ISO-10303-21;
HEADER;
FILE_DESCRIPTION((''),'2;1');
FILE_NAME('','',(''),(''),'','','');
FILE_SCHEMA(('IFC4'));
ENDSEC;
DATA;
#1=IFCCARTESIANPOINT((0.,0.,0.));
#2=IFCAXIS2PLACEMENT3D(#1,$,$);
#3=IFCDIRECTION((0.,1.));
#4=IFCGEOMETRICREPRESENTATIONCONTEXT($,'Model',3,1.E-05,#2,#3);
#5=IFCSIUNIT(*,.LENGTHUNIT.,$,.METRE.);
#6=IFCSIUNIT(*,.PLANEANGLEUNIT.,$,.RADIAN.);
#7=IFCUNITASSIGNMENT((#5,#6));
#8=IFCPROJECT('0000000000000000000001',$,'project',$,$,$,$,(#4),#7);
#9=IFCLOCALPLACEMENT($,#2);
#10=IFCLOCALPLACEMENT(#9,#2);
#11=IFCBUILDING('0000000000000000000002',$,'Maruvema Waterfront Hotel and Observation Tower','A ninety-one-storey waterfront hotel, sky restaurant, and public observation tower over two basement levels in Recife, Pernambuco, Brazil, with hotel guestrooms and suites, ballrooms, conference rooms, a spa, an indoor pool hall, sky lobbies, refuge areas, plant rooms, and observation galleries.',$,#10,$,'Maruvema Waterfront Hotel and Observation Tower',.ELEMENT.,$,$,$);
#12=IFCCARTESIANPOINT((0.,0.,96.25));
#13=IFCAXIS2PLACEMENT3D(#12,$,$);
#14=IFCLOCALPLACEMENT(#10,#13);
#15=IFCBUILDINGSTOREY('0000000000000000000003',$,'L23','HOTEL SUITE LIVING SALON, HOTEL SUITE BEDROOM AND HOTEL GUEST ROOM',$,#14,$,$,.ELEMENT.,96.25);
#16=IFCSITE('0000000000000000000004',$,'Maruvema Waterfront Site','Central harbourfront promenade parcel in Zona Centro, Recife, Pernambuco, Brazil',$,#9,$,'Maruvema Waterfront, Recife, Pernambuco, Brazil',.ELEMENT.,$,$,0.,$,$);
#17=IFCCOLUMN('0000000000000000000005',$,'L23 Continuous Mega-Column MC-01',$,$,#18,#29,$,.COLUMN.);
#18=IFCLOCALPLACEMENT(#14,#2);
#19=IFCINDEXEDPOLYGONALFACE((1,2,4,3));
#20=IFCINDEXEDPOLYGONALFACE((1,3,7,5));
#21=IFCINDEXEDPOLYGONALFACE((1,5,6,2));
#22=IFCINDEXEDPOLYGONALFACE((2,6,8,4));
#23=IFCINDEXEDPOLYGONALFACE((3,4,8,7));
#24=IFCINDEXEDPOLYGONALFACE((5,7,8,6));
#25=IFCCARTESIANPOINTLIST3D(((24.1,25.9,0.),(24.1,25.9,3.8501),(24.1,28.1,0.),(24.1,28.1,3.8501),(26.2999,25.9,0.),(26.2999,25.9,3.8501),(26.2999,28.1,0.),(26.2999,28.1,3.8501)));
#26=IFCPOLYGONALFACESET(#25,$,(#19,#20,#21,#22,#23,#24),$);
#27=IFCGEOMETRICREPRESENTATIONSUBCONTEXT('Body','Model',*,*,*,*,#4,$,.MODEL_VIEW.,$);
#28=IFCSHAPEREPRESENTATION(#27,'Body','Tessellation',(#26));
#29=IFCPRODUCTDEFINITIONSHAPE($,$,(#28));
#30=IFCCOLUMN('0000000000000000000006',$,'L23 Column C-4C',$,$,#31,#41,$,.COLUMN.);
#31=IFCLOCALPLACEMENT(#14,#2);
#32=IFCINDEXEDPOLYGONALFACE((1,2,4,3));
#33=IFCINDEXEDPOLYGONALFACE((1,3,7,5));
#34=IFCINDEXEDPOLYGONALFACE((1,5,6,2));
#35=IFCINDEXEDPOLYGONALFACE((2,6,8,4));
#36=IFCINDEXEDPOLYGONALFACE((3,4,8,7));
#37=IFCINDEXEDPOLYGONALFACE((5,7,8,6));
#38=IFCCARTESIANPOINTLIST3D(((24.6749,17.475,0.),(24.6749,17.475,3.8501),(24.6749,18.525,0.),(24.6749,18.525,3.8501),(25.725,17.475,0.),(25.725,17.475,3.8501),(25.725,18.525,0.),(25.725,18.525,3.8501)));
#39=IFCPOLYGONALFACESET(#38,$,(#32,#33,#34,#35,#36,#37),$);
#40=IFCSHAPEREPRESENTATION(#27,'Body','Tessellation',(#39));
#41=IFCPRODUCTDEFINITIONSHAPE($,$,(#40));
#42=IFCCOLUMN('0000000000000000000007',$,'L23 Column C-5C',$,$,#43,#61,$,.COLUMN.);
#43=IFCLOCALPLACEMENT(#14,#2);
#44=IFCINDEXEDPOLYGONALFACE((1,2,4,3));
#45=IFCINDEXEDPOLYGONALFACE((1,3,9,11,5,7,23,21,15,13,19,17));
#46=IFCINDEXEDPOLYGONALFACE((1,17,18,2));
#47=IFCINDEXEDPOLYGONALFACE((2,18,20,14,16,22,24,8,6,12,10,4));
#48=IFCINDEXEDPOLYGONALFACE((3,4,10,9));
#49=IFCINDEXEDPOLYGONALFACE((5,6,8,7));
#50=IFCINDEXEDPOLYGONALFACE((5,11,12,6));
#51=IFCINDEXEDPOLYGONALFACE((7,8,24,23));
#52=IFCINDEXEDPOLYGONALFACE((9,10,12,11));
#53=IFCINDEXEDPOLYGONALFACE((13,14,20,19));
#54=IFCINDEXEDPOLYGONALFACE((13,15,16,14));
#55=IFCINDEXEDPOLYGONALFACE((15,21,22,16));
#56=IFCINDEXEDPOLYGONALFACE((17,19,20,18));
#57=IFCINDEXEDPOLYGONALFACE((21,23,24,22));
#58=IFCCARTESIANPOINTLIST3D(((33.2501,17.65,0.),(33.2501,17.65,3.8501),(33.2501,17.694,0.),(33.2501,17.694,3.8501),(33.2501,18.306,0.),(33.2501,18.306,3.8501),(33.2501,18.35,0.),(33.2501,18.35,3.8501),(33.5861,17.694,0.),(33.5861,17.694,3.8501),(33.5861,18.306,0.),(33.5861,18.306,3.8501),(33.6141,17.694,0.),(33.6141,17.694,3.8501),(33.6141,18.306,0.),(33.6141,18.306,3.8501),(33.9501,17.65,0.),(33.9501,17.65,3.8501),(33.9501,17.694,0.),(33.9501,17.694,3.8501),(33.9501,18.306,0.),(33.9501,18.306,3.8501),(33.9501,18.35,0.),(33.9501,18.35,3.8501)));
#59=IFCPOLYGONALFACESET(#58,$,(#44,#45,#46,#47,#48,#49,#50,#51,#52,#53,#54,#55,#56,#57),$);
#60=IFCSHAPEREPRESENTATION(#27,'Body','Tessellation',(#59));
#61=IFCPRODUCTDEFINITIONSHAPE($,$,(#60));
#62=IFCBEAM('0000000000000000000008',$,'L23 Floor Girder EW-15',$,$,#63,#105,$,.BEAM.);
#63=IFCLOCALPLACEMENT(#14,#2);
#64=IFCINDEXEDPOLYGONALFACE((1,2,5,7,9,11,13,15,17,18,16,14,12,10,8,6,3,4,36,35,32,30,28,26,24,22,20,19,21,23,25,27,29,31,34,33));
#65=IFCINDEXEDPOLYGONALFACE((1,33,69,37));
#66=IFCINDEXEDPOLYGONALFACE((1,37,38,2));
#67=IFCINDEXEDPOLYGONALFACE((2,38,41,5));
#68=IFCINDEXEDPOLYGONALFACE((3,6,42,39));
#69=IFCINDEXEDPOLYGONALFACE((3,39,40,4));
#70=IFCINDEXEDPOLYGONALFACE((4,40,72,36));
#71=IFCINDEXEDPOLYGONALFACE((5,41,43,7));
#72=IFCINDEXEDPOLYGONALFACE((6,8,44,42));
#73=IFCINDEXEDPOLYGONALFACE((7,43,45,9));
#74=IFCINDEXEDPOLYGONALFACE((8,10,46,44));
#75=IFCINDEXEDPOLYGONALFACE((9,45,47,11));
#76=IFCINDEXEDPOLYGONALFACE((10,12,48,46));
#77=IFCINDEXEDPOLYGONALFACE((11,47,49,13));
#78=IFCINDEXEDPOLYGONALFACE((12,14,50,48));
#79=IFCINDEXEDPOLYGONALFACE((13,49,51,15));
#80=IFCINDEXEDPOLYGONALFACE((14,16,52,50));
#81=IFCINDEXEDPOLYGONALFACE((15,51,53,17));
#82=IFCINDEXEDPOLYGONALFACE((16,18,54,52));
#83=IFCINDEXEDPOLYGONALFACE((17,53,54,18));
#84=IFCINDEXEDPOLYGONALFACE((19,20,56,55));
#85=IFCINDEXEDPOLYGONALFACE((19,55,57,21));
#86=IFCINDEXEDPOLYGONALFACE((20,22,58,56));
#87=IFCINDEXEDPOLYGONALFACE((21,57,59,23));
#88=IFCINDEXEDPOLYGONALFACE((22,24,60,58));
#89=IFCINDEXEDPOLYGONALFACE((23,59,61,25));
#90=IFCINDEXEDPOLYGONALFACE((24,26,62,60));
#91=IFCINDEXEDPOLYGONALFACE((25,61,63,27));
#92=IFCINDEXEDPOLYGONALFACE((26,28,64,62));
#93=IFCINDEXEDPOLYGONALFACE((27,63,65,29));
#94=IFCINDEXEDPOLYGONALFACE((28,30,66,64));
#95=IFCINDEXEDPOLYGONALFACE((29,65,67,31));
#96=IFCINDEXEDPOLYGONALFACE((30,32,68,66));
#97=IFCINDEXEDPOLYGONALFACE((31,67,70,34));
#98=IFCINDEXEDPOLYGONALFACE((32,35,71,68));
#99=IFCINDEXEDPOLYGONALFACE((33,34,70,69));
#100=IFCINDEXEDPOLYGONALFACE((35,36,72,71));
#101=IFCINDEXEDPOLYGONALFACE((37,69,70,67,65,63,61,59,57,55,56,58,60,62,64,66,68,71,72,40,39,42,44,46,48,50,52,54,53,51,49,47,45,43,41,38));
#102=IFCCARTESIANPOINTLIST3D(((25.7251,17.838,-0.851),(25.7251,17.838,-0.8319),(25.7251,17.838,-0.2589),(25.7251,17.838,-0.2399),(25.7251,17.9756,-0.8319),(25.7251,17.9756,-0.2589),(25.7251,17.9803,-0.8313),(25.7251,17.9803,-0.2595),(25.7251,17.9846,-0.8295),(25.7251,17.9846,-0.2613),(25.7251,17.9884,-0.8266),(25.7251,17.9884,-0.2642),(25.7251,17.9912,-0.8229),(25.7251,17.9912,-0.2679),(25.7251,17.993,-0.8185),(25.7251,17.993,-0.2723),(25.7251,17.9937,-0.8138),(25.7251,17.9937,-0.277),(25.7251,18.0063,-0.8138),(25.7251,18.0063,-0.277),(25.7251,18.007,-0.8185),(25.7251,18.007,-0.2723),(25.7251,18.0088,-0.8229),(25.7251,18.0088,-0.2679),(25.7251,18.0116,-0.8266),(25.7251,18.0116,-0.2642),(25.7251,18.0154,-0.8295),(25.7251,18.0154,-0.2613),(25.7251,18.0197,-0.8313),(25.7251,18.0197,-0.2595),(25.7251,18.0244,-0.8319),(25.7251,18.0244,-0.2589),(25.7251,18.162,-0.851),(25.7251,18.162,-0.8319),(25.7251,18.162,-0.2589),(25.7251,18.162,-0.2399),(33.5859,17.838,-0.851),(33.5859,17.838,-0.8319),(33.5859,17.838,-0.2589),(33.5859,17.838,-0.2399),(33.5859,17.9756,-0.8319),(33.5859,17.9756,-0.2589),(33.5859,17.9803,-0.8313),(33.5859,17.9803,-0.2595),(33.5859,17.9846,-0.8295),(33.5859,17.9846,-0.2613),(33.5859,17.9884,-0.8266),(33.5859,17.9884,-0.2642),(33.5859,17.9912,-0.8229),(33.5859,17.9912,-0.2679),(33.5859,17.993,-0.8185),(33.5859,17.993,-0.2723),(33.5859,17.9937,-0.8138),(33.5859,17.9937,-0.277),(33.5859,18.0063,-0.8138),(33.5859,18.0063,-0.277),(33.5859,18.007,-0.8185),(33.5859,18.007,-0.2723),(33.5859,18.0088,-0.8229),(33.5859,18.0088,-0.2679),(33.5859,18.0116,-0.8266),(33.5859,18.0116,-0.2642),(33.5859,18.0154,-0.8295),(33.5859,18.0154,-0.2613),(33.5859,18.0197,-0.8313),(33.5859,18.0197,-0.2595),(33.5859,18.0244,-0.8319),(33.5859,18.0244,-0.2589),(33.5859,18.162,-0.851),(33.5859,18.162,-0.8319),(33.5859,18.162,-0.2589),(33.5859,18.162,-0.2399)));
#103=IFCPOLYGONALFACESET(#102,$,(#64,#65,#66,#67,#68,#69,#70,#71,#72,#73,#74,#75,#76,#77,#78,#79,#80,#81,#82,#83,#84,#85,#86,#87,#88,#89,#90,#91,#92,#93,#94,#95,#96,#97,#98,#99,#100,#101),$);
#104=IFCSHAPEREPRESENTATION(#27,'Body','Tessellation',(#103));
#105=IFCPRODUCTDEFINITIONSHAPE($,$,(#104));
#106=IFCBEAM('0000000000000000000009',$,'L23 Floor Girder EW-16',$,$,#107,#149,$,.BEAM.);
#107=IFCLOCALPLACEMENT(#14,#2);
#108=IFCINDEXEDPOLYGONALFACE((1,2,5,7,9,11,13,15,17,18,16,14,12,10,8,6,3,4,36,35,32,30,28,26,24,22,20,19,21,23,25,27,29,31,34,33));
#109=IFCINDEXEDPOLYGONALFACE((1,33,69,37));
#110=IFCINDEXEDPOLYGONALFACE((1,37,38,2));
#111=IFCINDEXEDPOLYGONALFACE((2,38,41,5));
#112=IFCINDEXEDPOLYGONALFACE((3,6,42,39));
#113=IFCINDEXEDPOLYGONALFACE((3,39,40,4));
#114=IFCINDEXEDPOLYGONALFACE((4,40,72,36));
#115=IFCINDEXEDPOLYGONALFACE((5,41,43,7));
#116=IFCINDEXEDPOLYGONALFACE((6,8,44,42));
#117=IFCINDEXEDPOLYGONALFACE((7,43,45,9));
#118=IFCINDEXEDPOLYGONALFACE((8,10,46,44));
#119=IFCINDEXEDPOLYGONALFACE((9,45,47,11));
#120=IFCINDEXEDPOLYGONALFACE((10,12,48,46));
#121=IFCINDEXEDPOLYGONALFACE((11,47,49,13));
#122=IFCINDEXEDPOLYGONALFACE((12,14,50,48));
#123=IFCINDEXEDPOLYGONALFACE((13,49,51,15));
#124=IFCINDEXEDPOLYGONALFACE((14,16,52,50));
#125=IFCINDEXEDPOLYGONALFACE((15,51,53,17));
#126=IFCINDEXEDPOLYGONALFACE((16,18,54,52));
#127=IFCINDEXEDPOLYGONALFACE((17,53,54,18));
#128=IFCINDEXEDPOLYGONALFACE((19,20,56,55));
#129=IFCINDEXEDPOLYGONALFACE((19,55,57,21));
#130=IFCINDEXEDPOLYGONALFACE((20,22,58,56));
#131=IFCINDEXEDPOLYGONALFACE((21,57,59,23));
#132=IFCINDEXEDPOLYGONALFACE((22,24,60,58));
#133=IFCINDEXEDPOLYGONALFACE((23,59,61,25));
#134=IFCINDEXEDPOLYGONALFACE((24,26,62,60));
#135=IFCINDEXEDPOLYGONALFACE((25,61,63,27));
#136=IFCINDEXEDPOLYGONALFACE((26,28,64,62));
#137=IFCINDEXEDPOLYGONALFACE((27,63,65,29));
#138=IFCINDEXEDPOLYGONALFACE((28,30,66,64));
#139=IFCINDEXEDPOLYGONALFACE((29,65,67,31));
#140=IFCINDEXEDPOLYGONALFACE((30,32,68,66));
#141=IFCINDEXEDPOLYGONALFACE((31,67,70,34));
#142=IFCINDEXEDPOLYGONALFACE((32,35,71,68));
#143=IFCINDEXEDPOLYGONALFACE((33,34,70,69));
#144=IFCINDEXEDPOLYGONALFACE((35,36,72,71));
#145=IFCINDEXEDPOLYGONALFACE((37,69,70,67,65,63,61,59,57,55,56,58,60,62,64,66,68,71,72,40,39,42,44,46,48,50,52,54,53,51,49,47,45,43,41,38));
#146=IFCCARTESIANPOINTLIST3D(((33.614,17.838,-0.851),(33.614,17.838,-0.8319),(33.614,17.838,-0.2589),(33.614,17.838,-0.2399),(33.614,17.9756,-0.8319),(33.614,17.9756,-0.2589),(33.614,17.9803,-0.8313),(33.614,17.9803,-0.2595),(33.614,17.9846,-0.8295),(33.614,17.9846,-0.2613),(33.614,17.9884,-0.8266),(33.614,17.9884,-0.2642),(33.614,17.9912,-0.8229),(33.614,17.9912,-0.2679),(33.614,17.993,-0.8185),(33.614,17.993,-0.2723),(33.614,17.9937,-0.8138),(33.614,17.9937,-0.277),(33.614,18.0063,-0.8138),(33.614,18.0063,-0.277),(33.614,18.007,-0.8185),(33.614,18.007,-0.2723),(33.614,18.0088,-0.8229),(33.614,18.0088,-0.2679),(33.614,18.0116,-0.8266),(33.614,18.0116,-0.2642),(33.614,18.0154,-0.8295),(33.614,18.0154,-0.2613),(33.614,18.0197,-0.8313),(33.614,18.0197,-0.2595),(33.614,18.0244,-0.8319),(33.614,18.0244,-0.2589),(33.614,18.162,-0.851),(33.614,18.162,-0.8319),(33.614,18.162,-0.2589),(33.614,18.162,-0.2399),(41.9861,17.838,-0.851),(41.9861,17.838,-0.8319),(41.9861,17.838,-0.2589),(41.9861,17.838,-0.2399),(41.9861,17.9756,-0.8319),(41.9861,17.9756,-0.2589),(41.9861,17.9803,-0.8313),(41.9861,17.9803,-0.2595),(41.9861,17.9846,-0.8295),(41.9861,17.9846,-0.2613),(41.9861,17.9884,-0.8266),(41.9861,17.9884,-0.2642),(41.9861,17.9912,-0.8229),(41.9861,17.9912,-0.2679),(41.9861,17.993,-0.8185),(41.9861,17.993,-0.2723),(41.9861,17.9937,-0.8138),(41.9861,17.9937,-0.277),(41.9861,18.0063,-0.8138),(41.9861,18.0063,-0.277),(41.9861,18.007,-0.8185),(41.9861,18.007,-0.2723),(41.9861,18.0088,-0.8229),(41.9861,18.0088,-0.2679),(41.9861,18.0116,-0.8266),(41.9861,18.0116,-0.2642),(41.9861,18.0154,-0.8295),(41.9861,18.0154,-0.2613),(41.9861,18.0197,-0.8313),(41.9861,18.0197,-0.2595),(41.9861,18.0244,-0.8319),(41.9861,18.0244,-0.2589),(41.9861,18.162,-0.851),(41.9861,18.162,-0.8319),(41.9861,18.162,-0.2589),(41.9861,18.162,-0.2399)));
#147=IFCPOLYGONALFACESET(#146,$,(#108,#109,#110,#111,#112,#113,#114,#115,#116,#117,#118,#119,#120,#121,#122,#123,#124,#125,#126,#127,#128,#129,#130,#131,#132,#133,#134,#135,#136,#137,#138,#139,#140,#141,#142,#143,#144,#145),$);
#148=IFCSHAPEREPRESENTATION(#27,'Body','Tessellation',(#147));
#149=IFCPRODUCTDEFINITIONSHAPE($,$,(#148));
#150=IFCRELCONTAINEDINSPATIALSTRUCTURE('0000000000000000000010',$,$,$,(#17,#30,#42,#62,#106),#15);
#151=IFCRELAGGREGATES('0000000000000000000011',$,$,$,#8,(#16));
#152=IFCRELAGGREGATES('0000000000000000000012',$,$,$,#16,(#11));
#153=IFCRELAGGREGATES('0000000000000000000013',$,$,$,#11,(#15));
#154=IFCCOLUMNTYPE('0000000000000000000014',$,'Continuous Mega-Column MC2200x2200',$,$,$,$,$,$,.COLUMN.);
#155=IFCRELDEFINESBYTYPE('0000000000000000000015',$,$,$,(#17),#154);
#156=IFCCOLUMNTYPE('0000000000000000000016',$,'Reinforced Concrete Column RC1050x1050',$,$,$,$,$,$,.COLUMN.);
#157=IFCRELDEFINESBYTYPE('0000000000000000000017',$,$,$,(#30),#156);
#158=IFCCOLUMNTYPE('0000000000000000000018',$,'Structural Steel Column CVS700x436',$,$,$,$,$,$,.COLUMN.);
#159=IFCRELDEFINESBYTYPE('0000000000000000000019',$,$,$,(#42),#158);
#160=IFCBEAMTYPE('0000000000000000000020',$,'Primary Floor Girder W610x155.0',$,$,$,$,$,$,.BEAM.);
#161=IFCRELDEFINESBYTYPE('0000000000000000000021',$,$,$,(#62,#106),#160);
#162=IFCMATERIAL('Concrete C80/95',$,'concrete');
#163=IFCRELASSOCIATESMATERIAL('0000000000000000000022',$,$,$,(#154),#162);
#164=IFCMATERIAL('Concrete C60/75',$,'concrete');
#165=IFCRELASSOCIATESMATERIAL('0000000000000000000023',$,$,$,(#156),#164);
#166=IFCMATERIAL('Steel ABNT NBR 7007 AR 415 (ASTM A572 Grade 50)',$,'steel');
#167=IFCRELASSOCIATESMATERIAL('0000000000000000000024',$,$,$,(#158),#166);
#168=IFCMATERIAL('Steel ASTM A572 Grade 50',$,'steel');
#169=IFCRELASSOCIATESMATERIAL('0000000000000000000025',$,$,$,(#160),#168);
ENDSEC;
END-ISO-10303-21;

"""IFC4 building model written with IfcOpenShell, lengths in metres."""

from ifc_helpers import new_model, si_unit, direction, frame, origin, origin_2d, place, context, subcontext, project, spatial, rectangle, i_section, extrude, material, material_profile, profile_set, type_object, element, save


model = new_model("IFC4")

# Units and contexts
model_context = context("Model", 3, precision=1e-05, world=origin(), true_north=direction((0.0, 1.0)))
body_context = subcontext(model_context, "Body", "Model", "MODEL_VIEW")
ifc_project = project(units=[si_unit("LENGTHUNIT", "METRE"), si_unit("PLANEANGLEUNIT", "RADIAN")], contexts=[model_context])

# Site, building, storey
site_placement = place(None, origin())
site = spatial("IfcSite", under=ifc_project, at=site_placement, Name="Maruvema Waterfront Site", Description="Central harbourfront promenade parcel in Zona Centro, Recife, Pernambuco, Brazil", LongName="Maruvema Waterfront, Recife, Pernambuco, Brazil", CompositionType="ELEMENT", RefElevation=0.0)
building_placement = place(site_placement, origin())
building = spatial("IfcBuilding", under=site, at=building_placement, Name="Maruvema Waterfront Hotel and Observation Tower", Description="A ninety-one-storey waterfront hotel, sky restaurant, and public observation tower over two basement levels in Recife, Pernambuco, Brazil, with hotel guestrooms and suites, ballrooms, conference rooms, a spa, an indoor pool hall, sky lobbies, refuge areas, plant rooms, and observation galleries.", LongName="Maruvema Waterfront Hotel and Observation Tower", CompositionType="ELEMENT")
storey_placement = place(building_placement, frame((0.0, 0.0, 96.25)))
storey = spatial("IfcBuildingStorey", under=building, at=storey_placement, Name="L23", Description="HOTEL SUITE LIVING SALON, HOTEL SUITE BEDROOM AND HOTEL GUEST ROOM", CompositionType="ELEMENT", Elevation=96.25)

# Columns
ifc_material_1 = material(Name="Concrete C80/95", Category="concrete")
ifc_material_profile_1 = material_profile(ifc_material_1, rectangle(XDim=2.2, YDim=2.2, at=origin_2d()), Name="MC2200x2200")
ifc_profile_set_1 = profile_set([ifc_material_profile_1], Name="Concrete C80/95")
column_type_1 = type_object("IfcColumnType", Name="Continuous Mega-Column MC2200x2200", PredefinedType="COLUMN", material=ifc_profile_set_1)
column_1_placement = place(storey_placement, frame((25.2, 27.0, 0.0), z_axis=(0.0, 0.0, 1.0), x_axis=(1.0, 0.0, 0.0)))
element("IfcColumn", 1, at=column_1_placement, inside=storey, type_object=column_type_1, Name="L23 Continuous Mega-Column MC-01", PredefinedType="COLUMN", context=body_context, shape_type="SweptSolid", body=[
    extrude(rectangle(XDim=2.2, YDim=2.2, at=origin_2d()), origin(), (0.0, 0.0, 1.0), 3.8501),
])
ifc_material_2 = material(Name="Concrete C60/75", Category="concrete")
ifc_material_profile_2 = material_profile(ifc_material_2, rectangle(XDim=1.05, YDim=1.05, at=origin_2d()), Name="RC1050x1050")
ifc_profile_set_2 = profile_set([ifc_material_profile_2], Name="Concrete C60/75")
column_type_2 = type_object("IfcColumnType", Name="Reinforced Concrete Column RC1050x1050", PredefinedType="COLUMN", material=ifc_profile_set_2)
column_2_placement = place(storey_placement, frame((25.2, 18.0, 0.0), z_axis=(0.0, 0.0, 1.0), x_axis=(1.0, 0.0, 0.0)))
element("IfcColumn", 2, at=column_2_placement, inside=storey, type_object=column_type_2, Name="L23 Column C-4C", PredefinedType="COLUMN", context=body_context, shape_type="SweptSolid", body=[
    extrude(rectangle(XDim=1.05, YDim=1.05, at=origin_2d()), origin(), (0.0, 0.0, 1.0), 3.8501),
])
ifc_material_3 = material(Name="Steel ABNT NBR 7007 AR 415 (ASTM A572 Grade 50)", Category="steel")
ifc_material_profile_3 = material_profile(ifc_material_3, i_section(OverallWidth=0.7, OverallDepth=0.7, WebThickness=0.0281, FlangeThickness=0.0439, at=origin_2d()), Name="CVS700x436")
ifc_profile_set_3 = profile_set([ifc_material_profile_3], Name="Steel ABNT NBR 7007 AR 415 (ASTM A572 Grade 50)")
column_type_3 = type_object("IfcColumnType", Name="Structural Steel Column CVS700x436", PredefinedType="COLUMN", material=ifc_profile_set_3)
column_3_placement = place(storey_placement, frame((33.6001, 18.0, 0.0), z_axis=(0.0, 0.0, 1.0), x_axis=(1.0, 0.0, 0.0)))
element("IfcColumn", 3, at=column_3_placement, inside=storey, type_object=column_type_3, Name="L23 Column C-5C", PredefinedType="COLUMN", context=body_context, shape_type="SweptSolid", body=[
    extrude(i_section(OverallWidth=0.7, OverallDepth=0.7, WebThickness=0.0281, FlangeThickness=0.0439, at=origin_2d()), origin(), (0.0, 0.0, 1.0), 3.8501),
])

# Beams
ifc_material_4 = material(Name="Steel ASTM A572 Grade 50", Category="steel")
ifc_material_profile_4 = material_profile(ifc_material_4, i_section(OverallWidth=0.324, OverallDepth=0.6111, WebThickness=0.0127, FlangeThickness=0.019, FilletRadius=0.0181, at=origin_2d()), Name="W610x155.0")
ifc_profile_set_4 = profile_set([ifc_material_profile_4], Name="Steel ASTM A572 Grade 50")
beam_type_1 = type_object("IfcBeamType", Name="Primary Floor Girder W610x155.0", PredefinedType="BEAM", material=ifc_profile_set_4)
beam_1_placement = place(storey_placement, frame((25.7251, 18.0, -0.5454), z_axis=(1.0, 0.0, 0.0), x_axis=(0.0, 1.0, 0.0)))
element("IfcBeam", 4, at=beam_1_placement, inside=storey, type_object=beam_type_1, Name="L23 Floor Girder EW-15", PredefinedType="BEAM", context=body_context, shape_type="SweptSolid", body=[
    extrude(i_section(OverallWidth=0.324, OverallDepth=0.6111, WebThickness=0.0127, FlangeThickness=0.019, FilletRadius=0.0181, at=origin_2d()), origin(), (0.0, 0.0, 1.0), 7.8608),
])
beam_2_placement = place(storey_placement, frame((33.614, 18.0, -0.5454), z_axis=(1.0, 0.0, 0.0), x_axis=(0.0, 1.0, 0.0)))
element("IfcBeam", 5, at=beam_2_placement, inside=storey, type_object=beam_type_1, Name="L23 Floor Girder EW-16", PredefinedType="BEAM", context=body_context, shape_type="SweptSolid", body=[
    extrude(i_section(OverallWidth=0.324, OverallDepth=0.6111, WebThickness=0.0127, FlangeThickness=0.019, FilletRadius=0.0181, at=origin_2d()), origin(), (0.0, 0.0, 1.0), 8.3721),
])

save(model, "model.ifc")
